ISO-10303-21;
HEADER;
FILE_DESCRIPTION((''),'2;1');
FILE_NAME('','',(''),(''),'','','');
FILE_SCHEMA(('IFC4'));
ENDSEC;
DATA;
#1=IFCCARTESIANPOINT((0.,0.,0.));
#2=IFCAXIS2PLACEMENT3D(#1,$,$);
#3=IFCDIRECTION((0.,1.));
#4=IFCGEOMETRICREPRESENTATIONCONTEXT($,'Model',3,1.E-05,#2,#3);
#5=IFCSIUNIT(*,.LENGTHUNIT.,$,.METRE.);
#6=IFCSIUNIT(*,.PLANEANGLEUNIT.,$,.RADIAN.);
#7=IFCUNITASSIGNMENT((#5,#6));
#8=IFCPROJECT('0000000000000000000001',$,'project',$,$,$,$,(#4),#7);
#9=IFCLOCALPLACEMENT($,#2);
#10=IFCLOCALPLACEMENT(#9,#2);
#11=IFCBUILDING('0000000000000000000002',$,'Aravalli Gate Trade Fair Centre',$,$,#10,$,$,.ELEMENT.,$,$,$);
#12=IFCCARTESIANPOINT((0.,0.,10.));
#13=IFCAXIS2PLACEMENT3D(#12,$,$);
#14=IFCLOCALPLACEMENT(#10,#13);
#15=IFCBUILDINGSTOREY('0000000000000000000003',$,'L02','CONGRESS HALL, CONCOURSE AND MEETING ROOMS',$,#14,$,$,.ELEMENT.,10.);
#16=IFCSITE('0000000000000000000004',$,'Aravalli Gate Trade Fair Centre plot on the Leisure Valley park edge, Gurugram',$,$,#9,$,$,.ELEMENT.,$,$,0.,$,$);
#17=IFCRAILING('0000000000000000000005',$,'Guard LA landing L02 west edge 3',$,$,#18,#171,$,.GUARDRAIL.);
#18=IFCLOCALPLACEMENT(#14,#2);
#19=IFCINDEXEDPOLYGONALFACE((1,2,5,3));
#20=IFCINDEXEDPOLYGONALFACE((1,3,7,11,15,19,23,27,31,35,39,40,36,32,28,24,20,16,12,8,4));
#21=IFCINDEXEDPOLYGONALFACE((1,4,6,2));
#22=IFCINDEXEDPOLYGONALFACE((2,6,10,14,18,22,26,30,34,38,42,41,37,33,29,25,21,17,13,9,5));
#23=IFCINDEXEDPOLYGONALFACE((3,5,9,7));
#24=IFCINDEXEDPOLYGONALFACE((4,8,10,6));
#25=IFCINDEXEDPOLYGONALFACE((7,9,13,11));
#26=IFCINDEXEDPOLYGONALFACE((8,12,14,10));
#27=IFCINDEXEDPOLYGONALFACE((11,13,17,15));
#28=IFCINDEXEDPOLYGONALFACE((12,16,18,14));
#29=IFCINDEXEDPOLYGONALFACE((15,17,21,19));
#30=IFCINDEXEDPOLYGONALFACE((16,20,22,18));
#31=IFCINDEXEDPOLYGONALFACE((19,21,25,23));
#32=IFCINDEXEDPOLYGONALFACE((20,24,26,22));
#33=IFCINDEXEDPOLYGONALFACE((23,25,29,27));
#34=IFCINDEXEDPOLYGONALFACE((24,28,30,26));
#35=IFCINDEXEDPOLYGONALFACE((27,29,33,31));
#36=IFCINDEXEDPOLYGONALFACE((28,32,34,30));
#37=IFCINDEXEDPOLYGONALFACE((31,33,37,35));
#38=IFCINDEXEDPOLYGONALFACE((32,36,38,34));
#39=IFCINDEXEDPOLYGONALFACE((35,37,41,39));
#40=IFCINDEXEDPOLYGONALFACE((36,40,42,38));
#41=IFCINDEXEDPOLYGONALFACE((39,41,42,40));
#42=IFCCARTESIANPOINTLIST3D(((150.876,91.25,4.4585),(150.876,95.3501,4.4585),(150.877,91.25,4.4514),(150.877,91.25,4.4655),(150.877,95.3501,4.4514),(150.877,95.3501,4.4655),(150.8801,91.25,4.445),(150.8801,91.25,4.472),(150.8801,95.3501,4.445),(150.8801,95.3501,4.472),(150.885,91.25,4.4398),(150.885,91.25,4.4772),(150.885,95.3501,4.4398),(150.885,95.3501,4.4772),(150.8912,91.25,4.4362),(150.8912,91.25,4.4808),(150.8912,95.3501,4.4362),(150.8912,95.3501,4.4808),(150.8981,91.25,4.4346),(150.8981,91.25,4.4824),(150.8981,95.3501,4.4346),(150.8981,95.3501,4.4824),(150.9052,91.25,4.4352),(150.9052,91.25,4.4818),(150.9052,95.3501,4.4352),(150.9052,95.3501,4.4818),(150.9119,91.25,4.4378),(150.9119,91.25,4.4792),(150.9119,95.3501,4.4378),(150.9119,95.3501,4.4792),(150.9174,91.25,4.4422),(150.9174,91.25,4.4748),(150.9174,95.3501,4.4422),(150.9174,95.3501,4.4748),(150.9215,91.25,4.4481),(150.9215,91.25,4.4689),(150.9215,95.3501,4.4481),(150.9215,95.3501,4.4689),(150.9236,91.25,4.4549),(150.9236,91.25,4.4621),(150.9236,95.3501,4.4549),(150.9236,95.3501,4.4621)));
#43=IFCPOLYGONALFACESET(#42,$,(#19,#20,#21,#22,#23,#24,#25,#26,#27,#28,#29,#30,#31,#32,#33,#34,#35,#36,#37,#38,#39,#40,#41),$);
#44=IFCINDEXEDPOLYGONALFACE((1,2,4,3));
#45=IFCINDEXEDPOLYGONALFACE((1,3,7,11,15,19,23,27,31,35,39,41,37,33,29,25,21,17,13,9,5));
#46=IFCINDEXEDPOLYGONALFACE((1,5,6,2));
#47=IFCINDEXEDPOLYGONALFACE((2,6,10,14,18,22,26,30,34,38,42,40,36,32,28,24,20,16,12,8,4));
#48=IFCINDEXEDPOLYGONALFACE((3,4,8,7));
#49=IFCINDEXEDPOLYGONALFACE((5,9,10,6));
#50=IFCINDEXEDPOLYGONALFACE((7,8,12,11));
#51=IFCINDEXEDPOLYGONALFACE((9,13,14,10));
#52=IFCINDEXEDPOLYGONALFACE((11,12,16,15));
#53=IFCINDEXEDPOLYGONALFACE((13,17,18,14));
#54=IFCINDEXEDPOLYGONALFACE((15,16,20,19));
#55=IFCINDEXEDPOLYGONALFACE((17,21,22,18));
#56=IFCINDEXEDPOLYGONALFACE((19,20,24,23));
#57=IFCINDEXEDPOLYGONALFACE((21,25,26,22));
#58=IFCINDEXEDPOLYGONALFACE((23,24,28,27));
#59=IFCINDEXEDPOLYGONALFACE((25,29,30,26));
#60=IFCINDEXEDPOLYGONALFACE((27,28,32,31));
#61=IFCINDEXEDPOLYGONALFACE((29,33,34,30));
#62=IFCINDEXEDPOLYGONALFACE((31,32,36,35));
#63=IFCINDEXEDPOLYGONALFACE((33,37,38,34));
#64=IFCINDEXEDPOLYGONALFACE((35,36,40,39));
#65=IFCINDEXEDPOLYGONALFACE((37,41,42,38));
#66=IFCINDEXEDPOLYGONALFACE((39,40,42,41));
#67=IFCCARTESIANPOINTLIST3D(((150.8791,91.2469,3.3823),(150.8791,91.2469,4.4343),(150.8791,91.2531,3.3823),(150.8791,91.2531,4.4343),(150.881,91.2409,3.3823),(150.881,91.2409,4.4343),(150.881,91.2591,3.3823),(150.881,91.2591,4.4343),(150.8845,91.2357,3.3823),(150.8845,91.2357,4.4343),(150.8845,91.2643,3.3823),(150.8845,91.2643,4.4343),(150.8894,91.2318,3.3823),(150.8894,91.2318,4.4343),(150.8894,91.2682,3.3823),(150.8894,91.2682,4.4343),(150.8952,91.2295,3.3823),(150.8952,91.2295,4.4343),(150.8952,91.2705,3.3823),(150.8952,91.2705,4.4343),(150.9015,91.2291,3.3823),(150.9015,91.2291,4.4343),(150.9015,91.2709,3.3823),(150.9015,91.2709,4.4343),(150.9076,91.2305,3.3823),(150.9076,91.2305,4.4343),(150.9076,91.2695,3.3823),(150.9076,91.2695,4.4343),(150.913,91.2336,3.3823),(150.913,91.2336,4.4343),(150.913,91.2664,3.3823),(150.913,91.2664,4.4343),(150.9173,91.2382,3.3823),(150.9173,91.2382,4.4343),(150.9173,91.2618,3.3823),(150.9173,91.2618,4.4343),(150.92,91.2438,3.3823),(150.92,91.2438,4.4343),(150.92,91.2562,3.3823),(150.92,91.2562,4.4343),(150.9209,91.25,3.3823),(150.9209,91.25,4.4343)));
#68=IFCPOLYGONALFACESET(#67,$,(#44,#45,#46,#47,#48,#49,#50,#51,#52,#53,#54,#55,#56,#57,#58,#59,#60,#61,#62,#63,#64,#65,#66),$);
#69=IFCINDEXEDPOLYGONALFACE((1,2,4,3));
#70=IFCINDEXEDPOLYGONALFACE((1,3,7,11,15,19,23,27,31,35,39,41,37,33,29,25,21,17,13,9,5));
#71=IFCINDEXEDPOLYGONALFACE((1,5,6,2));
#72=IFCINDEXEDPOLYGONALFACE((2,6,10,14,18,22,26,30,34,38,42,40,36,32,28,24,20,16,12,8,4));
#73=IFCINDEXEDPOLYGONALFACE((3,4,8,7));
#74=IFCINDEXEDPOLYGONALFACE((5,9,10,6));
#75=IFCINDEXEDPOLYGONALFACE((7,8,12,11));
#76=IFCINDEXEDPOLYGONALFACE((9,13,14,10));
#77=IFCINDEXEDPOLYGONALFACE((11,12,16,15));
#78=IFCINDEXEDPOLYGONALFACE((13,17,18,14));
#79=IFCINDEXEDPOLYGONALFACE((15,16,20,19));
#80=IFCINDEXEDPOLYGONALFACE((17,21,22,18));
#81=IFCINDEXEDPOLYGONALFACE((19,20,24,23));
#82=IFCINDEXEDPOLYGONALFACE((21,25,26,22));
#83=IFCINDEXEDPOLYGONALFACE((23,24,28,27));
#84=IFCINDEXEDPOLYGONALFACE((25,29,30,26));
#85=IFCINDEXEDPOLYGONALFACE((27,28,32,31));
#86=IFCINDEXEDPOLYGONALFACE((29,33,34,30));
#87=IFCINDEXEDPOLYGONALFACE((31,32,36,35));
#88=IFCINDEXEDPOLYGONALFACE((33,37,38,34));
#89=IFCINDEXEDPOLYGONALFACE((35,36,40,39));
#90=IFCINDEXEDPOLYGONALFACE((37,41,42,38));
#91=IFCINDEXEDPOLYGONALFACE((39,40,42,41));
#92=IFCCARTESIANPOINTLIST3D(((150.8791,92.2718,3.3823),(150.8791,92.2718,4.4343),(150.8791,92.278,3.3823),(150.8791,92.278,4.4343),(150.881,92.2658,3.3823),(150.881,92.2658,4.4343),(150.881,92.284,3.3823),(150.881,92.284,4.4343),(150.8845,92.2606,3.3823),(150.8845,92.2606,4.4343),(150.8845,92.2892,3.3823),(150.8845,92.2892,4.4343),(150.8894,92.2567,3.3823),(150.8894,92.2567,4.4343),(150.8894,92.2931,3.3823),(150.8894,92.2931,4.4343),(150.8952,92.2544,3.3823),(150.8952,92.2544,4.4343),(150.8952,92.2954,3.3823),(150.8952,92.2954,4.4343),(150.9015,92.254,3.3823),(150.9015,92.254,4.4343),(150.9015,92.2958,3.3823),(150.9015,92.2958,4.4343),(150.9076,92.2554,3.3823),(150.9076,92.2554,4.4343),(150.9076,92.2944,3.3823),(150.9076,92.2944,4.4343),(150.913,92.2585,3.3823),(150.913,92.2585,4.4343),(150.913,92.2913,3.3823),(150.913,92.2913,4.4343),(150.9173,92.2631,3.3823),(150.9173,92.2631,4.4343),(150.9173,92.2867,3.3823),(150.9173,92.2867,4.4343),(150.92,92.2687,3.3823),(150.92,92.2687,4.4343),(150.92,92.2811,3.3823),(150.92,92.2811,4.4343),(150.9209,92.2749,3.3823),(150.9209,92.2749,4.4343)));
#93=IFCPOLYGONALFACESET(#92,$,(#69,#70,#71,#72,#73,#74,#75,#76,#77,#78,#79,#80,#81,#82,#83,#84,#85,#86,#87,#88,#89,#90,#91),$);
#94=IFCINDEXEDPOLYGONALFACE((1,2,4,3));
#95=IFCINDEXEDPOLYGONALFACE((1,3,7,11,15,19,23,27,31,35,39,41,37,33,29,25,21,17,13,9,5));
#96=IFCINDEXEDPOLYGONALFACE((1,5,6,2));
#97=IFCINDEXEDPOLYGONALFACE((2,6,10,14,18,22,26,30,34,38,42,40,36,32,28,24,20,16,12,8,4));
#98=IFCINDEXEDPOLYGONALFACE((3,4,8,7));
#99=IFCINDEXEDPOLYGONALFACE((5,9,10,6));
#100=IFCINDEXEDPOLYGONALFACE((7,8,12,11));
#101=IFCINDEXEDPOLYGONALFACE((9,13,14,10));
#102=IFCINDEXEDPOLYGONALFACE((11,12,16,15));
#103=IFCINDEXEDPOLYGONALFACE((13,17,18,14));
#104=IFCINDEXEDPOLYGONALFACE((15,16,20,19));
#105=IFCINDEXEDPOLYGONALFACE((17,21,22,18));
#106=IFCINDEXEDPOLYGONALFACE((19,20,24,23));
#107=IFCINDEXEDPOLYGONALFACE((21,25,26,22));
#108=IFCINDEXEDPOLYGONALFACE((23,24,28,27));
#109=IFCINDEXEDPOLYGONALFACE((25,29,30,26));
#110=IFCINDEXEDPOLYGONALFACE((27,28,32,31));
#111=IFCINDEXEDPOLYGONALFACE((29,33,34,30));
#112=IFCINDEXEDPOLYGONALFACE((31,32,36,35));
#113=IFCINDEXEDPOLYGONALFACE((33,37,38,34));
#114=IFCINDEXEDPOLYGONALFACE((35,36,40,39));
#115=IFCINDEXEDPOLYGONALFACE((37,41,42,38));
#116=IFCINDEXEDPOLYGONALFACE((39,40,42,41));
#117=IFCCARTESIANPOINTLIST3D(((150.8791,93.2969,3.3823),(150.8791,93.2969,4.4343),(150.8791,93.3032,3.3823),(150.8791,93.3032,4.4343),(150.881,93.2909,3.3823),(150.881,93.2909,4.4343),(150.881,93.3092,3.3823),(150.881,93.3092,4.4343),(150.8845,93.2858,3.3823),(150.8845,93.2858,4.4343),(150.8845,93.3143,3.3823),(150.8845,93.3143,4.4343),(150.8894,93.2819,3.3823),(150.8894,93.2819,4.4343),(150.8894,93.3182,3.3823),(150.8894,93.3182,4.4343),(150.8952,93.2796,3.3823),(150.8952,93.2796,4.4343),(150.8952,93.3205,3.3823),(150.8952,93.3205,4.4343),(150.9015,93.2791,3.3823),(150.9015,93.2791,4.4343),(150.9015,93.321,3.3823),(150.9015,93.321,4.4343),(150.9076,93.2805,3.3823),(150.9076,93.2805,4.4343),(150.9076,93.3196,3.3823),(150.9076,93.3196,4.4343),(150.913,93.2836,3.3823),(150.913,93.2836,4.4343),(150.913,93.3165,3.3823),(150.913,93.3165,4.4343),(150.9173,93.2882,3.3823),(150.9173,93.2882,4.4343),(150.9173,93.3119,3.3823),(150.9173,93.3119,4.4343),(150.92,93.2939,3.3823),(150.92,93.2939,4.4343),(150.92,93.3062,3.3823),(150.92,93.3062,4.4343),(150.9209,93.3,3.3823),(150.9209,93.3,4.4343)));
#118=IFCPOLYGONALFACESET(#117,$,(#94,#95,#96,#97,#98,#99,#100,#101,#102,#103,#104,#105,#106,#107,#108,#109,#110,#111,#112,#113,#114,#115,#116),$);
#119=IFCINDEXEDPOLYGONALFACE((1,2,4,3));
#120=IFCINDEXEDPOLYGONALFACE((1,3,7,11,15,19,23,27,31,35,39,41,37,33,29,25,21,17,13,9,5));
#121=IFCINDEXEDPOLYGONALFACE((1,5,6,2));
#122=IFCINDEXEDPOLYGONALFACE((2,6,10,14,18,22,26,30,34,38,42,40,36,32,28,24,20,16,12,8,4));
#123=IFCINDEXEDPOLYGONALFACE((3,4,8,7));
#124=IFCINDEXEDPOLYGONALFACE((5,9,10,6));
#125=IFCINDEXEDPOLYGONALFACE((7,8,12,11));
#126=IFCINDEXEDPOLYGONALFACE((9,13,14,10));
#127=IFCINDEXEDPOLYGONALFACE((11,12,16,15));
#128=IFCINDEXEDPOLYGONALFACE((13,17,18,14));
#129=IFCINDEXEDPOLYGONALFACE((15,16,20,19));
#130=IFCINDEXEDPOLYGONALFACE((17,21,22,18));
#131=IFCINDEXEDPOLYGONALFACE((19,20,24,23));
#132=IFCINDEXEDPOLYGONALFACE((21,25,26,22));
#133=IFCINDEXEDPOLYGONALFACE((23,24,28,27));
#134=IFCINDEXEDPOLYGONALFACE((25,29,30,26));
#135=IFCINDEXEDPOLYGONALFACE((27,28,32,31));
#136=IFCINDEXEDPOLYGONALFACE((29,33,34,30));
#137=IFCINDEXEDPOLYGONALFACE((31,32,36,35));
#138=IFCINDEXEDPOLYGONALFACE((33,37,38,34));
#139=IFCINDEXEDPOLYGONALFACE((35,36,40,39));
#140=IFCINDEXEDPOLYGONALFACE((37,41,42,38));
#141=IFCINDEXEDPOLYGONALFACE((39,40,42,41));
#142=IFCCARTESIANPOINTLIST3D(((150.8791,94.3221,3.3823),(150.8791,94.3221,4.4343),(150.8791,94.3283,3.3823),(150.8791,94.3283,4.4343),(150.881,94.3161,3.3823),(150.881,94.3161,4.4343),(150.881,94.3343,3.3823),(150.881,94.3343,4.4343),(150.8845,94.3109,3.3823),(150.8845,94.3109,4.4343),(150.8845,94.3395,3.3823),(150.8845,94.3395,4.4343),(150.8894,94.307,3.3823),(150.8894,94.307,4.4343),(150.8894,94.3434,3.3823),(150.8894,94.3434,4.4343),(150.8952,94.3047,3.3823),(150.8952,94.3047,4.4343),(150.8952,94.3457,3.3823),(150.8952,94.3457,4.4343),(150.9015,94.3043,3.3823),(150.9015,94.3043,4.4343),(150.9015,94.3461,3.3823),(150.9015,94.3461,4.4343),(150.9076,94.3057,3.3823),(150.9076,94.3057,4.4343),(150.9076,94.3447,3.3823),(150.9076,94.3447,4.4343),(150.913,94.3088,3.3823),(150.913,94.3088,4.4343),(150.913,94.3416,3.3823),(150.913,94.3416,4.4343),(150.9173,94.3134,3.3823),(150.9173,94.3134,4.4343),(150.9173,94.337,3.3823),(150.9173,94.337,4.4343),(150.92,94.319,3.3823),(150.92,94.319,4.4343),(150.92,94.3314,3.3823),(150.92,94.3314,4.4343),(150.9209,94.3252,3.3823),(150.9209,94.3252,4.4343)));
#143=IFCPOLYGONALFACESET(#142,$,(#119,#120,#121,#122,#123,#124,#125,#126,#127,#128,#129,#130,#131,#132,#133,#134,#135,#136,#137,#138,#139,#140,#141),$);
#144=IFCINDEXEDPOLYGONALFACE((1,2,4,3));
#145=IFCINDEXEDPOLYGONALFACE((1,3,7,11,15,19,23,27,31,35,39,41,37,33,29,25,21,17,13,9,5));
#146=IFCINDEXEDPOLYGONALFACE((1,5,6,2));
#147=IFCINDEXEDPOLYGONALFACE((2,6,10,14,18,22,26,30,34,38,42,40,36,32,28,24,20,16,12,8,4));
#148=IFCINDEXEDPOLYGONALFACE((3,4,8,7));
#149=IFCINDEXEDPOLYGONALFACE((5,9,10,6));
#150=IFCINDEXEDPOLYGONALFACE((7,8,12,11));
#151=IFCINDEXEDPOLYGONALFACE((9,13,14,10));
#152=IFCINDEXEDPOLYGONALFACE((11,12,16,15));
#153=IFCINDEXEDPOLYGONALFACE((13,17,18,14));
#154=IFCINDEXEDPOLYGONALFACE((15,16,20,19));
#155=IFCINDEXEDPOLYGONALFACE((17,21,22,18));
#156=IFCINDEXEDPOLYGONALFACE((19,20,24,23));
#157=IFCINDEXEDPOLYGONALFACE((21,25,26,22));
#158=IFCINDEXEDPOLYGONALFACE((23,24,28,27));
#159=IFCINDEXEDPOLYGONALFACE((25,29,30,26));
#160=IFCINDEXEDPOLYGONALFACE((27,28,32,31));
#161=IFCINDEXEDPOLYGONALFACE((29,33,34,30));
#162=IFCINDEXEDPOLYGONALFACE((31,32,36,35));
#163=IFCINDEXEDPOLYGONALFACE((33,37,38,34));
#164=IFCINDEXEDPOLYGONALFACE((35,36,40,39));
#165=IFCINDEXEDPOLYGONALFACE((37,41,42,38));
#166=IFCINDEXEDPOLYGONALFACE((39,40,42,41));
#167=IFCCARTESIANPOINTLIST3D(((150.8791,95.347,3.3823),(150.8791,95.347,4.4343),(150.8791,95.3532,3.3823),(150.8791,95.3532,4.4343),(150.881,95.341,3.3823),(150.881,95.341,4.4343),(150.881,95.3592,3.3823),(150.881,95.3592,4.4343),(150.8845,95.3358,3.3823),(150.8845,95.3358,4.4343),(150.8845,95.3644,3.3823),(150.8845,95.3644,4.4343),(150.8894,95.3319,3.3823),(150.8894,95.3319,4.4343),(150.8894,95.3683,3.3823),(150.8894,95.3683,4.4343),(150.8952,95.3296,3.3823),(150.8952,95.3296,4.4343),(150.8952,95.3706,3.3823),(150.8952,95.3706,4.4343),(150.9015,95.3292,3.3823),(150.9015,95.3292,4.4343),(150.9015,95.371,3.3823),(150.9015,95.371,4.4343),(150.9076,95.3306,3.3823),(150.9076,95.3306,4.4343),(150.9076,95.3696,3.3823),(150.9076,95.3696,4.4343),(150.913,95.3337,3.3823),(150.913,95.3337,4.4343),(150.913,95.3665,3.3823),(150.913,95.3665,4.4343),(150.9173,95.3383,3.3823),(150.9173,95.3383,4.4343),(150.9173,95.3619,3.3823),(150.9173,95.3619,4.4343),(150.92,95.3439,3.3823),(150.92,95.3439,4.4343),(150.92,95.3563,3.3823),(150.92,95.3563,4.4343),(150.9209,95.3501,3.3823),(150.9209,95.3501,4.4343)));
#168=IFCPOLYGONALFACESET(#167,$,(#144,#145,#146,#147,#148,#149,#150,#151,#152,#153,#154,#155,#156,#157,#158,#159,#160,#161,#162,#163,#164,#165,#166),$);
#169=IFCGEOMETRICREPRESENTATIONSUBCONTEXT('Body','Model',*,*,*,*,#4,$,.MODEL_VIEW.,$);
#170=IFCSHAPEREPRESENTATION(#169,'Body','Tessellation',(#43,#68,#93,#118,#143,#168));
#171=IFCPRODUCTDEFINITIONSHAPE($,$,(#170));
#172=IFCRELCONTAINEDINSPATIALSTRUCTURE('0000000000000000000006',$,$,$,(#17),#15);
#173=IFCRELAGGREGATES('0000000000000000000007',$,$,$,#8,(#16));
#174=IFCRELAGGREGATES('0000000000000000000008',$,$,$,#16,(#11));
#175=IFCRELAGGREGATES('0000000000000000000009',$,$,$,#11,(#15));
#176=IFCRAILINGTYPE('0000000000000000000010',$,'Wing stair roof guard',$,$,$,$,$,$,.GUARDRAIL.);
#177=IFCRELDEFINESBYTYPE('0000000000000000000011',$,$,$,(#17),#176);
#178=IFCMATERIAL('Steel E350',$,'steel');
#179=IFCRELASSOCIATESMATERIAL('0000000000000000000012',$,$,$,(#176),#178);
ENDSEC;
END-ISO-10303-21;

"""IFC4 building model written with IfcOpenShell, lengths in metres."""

from ifc_helpers import new_model, si_unit, direction, frame, origin, origin_2d, place, context, subcontext, project, spatial, circle, extrude, material, type_object, element, save


model = new_model("IFC4")

# Units and contexts
model_context = context("Model", 3, precision=1e-05, world=origin(), true_north=direction((0.0, 1.0)))
body_context = subcontext(model_context, "Body", "Model", "MODEL_VIEW")
ifc_project = project(units=[si_unit("LENGTHUNIT", "METRE"), si_unit("PLANEANGLEUNIT", "RADIAN")], contexts=[model_context])

# Site, building, storey
site_placement = place(None, origin())
site = spatial("IfcSite", under=ifc_project, at=site_placement, Name="Aravalli Gate Trade Fair Centre plot on the Leisure Valley park edge, Gurugram", CompositionType="ELEMENT", RefElevation=0.0)
building_placement = place(site_placement, origin())
building = spatial("IfcBuilding", under=site, at=building_placement, Name="Aravalli Gate Trade Fair Centre", CompositionType="ELEMENT")
storey_placement = place(building_placement, frame((0.0, 0.0, 10.0)))
storey = spatial("IfcBuildingStorey", under=building, at=storey_placement, Name="L02", Description="CONGRESS HALL, CONCOURSE AND MEETING ROOMS", CompositionType="ELEMENT", Elevation=10.0)

# Shared definitions
ifc_material_1 = material(Name="Steel E350", Category="steel")

# Railing
railing_type_1 = type_object("IfcRailingType", Name="Wing stair roof guard", PredefinedType="GUARDRAIL", material=ifc_material_1)
railing_1_placement = place(storey_placement, frame((150.8999, 91.25, 3.3823)))
element("IfcRailing", 1, at=railing_1_placement, inside=storey, type_object=railing_type_1, Name="Guard LA landing L02 west edge 3", PredefinedType="GUARDRAIL", context=body_context, shape_type="SweptSolid", body=[
    extrude(circle(Radius=0.0239, at=origin_2d()), frame((0.0, 0.0, 1.0762), z_axis=(0.0, 1.0, 0.0), x_axis=(-1.0, 0.0, 0.0)), (0.0, 0.0, 1.0), 4.1001),
    extrude(circle(Radius=0.021, at=origin_2d()), origin(), (0.0, 0.0, 1.0), 1.052),
    extrude(circle(Radius=0.021, at=origin_2d()), frame((0.0, 1.0249, 0.0)), (0.0, 0.0, 1.0), 1.052),
    extrude(circle(Radius=0.021, at=origin_2d()), frame((0.0, 2.05, 0.0)), (0.0, 0.0, 1.0), 1.052),
    extrude(circle(Radius=0.021, at=origin_2d()), frame((0.0, 3.0752, 0.0)), (0.0, 0.0, 1.0), 1.052),
    extrude(circle(Radius=0.021, at=origin_2d()), frame((0.0, 4.1001, 0.0)), (0.0, 0.0, 1.0), 1.052),
])

save(model, "model.ifc")
